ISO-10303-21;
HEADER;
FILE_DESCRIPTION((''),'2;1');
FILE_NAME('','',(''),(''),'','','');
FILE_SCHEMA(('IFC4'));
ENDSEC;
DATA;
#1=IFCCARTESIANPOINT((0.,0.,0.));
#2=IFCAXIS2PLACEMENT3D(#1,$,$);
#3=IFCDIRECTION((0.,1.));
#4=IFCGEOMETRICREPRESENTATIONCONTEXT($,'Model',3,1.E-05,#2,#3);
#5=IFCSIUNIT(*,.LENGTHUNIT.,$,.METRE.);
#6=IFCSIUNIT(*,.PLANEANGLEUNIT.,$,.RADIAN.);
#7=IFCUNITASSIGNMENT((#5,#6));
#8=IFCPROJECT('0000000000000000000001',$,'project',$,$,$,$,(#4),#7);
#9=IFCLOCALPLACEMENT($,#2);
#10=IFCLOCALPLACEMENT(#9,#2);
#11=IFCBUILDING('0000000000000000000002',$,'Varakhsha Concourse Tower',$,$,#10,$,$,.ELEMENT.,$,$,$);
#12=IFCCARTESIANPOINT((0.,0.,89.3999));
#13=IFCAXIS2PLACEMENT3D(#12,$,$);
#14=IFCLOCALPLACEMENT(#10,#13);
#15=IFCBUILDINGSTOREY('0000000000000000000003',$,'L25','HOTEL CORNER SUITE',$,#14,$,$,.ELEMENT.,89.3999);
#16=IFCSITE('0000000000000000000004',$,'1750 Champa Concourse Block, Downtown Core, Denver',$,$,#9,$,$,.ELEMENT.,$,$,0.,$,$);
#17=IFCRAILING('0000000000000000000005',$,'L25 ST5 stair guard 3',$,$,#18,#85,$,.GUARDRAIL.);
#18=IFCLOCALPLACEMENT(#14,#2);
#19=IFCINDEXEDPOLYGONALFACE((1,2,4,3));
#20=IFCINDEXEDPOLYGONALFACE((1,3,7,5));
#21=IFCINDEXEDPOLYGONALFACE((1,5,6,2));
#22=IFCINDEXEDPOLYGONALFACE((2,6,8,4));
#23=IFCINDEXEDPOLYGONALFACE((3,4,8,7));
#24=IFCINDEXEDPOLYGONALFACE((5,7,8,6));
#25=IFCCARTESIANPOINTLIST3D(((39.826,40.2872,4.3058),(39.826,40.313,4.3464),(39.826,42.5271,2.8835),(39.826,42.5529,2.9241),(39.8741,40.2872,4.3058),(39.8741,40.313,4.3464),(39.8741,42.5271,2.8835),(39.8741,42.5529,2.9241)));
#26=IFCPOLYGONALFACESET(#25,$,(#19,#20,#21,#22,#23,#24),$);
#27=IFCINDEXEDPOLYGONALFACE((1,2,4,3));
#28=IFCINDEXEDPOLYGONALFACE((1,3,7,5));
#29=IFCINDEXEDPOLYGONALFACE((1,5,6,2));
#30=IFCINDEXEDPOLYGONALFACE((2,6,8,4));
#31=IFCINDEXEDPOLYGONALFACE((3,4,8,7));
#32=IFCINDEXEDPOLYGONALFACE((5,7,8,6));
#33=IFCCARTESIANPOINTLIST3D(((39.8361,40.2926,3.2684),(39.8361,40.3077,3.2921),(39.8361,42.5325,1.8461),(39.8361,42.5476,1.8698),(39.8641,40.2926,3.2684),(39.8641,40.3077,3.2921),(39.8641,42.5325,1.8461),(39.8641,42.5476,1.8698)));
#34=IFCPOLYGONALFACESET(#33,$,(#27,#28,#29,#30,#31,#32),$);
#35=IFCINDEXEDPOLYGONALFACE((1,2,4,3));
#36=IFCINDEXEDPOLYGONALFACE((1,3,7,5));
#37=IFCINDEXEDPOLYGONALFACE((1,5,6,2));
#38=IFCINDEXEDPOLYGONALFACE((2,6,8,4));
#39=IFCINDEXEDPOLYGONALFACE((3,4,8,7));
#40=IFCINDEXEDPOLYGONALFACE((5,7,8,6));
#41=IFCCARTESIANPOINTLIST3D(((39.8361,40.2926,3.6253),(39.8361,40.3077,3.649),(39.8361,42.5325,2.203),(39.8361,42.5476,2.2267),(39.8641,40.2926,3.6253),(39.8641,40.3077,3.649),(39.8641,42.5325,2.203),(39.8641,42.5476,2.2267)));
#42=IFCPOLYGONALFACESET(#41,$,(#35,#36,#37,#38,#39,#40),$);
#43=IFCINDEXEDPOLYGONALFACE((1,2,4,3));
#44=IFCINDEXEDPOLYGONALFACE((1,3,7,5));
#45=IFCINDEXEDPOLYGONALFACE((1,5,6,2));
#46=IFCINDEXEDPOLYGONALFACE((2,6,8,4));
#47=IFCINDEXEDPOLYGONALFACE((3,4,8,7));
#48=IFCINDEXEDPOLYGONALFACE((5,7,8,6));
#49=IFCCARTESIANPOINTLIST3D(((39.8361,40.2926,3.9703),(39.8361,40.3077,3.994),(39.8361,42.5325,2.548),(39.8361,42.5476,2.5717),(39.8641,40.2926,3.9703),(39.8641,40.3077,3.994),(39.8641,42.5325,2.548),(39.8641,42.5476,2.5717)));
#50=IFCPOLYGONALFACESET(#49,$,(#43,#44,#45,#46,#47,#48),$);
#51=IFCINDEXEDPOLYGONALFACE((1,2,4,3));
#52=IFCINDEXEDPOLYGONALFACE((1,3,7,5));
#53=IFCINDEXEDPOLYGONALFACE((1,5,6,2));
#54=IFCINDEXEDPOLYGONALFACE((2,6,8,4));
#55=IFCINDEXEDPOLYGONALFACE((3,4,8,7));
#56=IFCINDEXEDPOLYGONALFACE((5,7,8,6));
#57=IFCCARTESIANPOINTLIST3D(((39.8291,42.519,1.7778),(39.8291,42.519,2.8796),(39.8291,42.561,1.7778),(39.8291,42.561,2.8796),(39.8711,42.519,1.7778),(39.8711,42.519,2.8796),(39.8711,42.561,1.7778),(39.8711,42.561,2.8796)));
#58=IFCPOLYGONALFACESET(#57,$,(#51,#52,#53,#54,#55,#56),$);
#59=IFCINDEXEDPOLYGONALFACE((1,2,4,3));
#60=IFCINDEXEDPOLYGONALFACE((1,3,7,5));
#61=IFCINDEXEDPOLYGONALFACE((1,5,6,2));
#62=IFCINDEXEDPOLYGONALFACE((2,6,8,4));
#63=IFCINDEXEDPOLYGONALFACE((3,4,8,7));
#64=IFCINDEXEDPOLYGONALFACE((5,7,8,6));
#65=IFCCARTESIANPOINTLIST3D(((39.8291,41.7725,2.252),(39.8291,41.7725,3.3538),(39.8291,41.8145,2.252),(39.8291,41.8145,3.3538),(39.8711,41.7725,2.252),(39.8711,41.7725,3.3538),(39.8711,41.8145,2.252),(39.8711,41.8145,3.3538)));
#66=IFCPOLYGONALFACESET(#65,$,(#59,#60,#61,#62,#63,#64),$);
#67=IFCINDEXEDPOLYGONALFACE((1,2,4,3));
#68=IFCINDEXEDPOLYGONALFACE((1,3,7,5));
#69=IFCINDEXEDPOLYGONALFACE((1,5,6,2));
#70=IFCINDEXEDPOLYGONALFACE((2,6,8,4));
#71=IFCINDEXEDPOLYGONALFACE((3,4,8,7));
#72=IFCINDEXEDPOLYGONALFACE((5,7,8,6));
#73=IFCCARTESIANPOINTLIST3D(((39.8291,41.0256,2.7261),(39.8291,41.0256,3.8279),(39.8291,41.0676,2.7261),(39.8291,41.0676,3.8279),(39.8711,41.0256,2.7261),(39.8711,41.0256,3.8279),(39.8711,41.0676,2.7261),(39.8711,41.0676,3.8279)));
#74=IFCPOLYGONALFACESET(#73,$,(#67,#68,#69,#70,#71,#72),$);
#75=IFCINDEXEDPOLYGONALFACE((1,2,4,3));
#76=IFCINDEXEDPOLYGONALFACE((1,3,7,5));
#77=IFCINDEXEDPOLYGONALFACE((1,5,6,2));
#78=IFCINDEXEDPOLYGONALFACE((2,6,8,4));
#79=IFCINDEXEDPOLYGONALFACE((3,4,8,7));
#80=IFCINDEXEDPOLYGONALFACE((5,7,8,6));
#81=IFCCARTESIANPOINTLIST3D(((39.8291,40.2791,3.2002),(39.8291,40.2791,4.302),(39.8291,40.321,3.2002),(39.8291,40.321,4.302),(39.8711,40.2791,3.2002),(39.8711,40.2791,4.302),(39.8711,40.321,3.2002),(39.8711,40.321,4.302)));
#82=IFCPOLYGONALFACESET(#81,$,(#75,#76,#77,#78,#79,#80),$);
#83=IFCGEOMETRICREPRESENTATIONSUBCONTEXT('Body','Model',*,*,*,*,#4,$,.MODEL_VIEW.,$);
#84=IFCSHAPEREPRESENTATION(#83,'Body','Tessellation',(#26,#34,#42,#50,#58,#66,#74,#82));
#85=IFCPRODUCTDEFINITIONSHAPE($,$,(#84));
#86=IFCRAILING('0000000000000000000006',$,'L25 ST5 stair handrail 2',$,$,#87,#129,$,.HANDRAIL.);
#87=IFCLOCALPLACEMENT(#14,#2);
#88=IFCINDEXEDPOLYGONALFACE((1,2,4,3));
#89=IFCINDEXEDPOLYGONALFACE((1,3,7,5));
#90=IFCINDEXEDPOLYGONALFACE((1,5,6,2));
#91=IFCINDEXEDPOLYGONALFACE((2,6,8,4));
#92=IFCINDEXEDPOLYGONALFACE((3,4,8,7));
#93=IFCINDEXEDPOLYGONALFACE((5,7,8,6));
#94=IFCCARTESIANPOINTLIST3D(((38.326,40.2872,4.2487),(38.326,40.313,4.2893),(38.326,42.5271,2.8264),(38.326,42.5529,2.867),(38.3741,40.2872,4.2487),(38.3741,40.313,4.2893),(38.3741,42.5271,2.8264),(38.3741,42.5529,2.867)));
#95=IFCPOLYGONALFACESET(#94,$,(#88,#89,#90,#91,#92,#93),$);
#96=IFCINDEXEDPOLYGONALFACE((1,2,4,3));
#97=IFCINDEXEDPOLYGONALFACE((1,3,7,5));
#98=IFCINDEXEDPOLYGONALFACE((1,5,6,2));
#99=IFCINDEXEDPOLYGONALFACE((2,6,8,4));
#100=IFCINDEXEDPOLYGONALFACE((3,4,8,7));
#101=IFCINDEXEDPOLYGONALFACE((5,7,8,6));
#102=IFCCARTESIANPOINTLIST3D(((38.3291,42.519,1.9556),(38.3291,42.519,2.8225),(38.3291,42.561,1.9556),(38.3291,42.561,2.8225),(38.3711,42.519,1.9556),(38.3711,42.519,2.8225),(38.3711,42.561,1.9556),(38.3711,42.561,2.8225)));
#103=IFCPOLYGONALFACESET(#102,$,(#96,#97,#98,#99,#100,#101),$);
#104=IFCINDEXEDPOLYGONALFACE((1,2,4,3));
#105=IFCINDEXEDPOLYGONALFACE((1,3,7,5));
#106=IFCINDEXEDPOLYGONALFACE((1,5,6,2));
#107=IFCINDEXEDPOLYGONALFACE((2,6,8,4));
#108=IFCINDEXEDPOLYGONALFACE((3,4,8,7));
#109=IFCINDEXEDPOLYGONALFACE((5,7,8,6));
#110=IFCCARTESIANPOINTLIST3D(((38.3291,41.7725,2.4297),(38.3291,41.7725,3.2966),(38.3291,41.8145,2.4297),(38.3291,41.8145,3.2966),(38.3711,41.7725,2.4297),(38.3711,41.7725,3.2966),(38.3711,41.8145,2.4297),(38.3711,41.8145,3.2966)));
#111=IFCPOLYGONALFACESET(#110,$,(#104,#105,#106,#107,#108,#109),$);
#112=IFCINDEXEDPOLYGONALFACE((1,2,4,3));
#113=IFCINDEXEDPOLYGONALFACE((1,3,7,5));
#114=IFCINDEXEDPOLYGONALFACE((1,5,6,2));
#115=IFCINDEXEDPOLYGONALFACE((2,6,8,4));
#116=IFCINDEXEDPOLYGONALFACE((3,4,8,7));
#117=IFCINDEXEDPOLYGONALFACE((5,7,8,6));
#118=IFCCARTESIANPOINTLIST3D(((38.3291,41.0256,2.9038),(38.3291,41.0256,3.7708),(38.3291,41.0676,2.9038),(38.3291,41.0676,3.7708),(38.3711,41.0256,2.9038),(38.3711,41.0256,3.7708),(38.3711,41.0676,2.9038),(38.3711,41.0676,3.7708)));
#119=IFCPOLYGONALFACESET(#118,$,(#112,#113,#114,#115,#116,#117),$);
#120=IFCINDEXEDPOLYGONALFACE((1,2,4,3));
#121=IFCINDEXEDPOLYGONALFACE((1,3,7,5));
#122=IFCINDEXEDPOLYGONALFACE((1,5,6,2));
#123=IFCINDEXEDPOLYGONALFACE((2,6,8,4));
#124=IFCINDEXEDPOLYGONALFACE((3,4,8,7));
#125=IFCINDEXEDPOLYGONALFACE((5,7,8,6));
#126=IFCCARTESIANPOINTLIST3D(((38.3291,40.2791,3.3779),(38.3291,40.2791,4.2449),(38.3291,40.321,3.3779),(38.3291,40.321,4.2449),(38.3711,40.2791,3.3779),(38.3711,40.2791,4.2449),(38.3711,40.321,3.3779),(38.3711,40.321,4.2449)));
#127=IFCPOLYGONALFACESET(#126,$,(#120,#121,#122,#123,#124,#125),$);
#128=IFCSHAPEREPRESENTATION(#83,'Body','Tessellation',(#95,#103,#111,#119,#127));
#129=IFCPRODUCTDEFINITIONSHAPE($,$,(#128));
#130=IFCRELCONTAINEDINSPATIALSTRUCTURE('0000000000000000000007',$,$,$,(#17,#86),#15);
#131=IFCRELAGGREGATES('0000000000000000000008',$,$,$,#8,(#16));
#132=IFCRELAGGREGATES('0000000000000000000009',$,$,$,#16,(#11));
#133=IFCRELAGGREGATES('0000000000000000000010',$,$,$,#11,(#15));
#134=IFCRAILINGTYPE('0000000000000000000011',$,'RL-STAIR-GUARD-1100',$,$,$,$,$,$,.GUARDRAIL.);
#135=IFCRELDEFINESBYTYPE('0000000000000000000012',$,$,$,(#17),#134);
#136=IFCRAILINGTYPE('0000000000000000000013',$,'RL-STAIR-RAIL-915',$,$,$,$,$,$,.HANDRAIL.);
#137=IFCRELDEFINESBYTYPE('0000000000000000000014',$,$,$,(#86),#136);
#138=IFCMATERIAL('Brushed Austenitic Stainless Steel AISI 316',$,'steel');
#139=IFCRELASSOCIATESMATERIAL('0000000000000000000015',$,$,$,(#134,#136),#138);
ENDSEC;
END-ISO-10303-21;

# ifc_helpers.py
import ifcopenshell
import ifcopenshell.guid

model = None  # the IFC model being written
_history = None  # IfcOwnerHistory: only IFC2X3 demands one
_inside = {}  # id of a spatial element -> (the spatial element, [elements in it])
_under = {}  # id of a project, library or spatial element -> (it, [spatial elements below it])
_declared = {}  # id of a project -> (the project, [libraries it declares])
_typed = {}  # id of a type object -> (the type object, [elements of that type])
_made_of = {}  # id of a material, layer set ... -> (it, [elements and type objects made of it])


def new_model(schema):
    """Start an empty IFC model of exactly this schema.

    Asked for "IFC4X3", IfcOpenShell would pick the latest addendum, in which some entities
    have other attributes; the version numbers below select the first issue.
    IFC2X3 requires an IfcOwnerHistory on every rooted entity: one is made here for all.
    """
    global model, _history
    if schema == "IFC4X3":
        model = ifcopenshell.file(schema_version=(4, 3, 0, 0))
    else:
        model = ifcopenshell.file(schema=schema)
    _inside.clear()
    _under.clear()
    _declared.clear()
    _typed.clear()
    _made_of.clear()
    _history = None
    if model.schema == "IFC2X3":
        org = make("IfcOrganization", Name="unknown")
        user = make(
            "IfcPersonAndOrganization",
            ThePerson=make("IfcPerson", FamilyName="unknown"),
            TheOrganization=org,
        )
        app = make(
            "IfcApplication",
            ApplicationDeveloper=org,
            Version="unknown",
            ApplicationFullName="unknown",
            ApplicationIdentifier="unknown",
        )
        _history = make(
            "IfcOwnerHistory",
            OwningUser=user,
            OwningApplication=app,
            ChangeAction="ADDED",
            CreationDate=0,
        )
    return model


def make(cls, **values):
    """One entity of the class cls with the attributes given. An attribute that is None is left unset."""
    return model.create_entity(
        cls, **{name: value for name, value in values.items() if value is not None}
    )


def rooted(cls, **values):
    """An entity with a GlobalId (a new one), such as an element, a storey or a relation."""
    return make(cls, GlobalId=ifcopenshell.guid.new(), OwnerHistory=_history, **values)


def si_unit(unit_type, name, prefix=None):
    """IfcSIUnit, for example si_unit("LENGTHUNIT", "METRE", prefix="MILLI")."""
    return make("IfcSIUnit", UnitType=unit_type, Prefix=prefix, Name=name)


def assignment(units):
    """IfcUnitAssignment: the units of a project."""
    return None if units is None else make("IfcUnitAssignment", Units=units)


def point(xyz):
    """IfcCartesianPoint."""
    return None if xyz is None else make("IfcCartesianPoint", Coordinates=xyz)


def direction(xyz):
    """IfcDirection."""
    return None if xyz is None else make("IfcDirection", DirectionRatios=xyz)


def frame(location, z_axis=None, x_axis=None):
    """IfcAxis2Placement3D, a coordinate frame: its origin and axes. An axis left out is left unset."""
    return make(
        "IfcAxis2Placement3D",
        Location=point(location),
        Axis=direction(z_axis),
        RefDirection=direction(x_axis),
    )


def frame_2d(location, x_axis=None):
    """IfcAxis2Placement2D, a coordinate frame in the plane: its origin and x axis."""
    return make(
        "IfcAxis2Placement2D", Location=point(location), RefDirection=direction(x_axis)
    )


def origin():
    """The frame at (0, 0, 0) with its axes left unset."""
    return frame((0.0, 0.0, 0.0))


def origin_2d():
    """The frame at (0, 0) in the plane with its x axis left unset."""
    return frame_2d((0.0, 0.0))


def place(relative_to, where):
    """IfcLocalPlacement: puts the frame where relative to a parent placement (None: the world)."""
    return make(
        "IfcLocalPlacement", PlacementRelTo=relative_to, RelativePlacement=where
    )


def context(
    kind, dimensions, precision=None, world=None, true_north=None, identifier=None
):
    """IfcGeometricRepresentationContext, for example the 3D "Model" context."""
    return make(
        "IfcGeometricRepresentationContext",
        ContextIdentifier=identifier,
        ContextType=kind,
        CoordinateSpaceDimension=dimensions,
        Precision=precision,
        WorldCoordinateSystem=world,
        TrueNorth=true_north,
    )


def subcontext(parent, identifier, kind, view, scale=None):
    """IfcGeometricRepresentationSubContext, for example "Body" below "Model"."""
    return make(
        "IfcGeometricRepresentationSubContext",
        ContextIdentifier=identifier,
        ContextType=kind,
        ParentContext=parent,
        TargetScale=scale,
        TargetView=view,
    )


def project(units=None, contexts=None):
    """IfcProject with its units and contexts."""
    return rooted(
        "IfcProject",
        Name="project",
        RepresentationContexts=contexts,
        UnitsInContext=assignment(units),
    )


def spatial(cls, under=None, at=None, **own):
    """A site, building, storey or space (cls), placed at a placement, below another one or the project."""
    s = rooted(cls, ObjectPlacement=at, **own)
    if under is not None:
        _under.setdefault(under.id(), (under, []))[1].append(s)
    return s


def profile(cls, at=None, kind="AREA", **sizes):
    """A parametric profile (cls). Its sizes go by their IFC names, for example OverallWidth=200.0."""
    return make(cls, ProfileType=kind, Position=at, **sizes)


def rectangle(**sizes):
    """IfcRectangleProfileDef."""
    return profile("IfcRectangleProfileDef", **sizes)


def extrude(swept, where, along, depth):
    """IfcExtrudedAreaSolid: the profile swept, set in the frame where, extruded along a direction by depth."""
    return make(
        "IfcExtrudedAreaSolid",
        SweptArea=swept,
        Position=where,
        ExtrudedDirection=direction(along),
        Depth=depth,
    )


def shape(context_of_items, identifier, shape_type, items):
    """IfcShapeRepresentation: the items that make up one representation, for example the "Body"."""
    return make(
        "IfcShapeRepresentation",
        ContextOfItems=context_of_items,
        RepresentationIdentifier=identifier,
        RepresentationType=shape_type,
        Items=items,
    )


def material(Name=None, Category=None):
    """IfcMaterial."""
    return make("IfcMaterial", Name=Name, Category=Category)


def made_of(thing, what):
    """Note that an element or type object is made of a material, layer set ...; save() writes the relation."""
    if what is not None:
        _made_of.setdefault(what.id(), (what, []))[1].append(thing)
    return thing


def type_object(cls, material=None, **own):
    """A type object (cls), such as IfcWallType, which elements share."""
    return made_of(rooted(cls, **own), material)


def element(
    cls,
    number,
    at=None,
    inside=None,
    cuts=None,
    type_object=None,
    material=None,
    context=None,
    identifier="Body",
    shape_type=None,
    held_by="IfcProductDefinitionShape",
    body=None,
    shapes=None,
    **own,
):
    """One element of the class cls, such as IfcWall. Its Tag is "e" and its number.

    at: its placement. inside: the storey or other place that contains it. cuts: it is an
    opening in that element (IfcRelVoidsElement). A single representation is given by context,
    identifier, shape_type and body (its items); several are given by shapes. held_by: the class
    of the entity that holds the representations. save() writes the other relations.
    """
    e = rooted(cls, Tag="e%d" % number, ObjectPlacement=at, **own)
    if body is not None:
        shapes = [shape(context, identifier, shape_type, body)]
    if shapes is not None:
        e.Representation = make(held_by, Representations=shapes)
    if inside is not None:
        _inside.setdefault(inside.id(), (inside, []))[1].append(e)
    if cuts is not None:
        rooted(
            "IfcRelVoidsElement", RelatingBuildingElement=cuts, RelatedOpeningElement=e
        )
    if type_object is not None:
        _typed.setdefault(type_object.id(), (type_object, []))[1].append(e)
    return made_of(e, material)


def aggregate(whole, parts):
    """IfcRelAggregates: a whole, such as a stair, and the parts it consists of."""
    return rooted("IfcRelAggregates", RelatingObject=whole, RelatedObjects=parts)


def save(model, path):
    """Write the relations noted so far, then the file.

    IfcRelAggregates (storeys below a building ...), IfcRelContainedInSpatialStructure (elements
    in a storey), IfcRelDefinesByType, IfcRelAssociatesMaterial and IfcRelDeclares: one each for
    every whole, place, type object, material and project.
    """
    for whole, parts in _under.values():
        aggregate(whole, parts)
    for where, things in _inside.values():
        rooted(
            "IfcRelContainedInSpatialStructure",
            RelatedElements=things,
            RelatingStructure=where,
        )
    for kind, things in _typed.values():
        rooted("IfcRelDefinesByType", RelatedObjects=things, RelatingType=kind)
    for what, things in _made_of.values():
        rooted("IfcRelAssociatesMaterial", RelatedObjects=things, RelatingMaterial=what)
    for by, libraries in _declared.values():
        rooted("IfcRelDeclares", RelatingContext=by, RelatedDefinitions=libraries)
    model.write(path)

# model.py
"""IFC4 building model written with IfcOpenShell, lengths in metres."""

from ifc_helpers import new_model, si_unit, direction, frame, origin, origin_2d, place, context, subcontext, project, spatial, rectangle, extrude, material, type_object, element, save


model = new_model("IFC4")

# Units and contexts
model_context = context("Model", 3, precision=1e-05, world=origin(), true_north=direction((0.0, 1.0)))
body_context = subcontext(model_context, "Body", "Model", "MODEL_VIEW")
ifc_project = project(units=[si_unit("LENGTHUNIT", "METRE"), si_unit("PLANEANGLEUNIT", "RADIAN")], contexts=[model_context])

# Site, building, storey
site_placement = place(None, origin())
site = spatial("IfcSite", under=ifc_project, at=site_placement, Name="1750 Champa Concourse Block, Downtown Core, Denver", CompositionType="ELEMENT", RefElevation=0.0)
building_placement = place(site_placement, origin())
building = spatial("IfcBuilding", under=site, at=building_placement, Name="Varakhsha Concourse Tower", CompositionType="ELEMENT")
storey_placement = place(building_placement, frame((0.0, 0.0, 89.3999)))
storey = spatial("IfcBuildingStorey", under=building, at=storey_placement, Name="L25", Description="HOTEL CORNER SUITE", CompositionType="ELEMENT", Elevation=89.3999)

# Railings
ifc_material_1 = material(Name="Brushed Austenitic Stainless Steel AISI 316", Category="steel")
railing_type_1 = type_object("IfcRailingType", Name="RL-STAIR-GUARD-1100", PredefinedType="GUARDRAIL", material=ifc_material_1)
railing_1_placement = place(storey_placement, frame((39.8501, 42.54, 1.7778)))
element("IfcRailing", 1, at=railing_1_placement, inside=storey, type_object=railing_type_1, Name="L25 ST5 stair guard 3", PredefinedType="GUARDRAIL", context=body_context, shape_type="SweptSolid", body=[
    extrude(rectangle(XDim=0.0481, YDim=0.0481, at=origin_2d()), frame((0.0, 0.0, 1.126), z_axis=(0.0, -0.844188, 0.536048), x_axis=(1.0, 0.0, 0.0)), (0.0, 0.0, 1.0), 2.6533),
    extrude(rectangle(XDim=0.0281, YDim=0.0281, at=origin_2d()), frame((0.0, 0.0, 0.0801), z_axis=(0.0, -0.844188, 0.536048), x_axis=(1.0, 0.0, 0.0)), (0.0, 0.0, 1.0), 2.6533),
    extrude(rectangle(XDim=0.0281, YDim=0.0281, at=origin_2d()), frame((0.0, 0.0, 0.437), z_axis=(0.0, -0.844188, 0.536048), x_axis=(1.0, 0.0, 0.0)), (0.0, 0.0, 1.0), 2.6533),
    extrude(rectangle(XDim=0.0281, YDim=0.0281, at=origin_2d()), frame((0.0, 0.0, 0.782), z_axis=(0.0, -0.844188, 0.536048), x_axis=(1.0, 0.0, 0.0)), (0.0, 0.0, 1.0), 2.6533),
    extrude(rectangle(XDim=0.042, YDim=0.042, at=origin_2d()), origin(), (0.0, 0.0, 1.0), 1.1018),
    extrude(rectangle(XDim=0.042, YDim=0.042, at=origin_2d()), frame((0.0, -0.7466, 0.4741)), (0.0, 0.0, 1.0), 1.1018),
    extrude(rectangle(XDim=0.042, YDim=0.042, at=origin_2d()), frame((0.0, -1.4934, 0.9482)), (0.0, 0.0, 1.0), 1.1018),
    extrude(rectangle(XDim=0.042, YDim=0.042, at=origin_2d()), frame((0.0, -2.24, 1.4224)), (0.0, 0.0, 1.0), 1.1018),
])
railing_type_2 = type_object("IfcRailingType", Name="RL-STAIR-RAIL-915", PredefinedType="HANDRAIL", material=ifc_material_1)
railing_2_placement = place(storey_placement, frame((38.3501, 42.54, 1.9556)))
element("IfcRailing", 2, at=railing_2_placement, inside=storey, type_object=railing_type_2, Name="L25 ST5 stair handrail 2", PredefinedType="HANDRAIL", context=body_context, shape_type="SweptSolid", body=[
    extrude(rectangle(XDim=0.0481, YDim=0.0481, at=origin_2d()), frame((0.0, 0.0, 0.8911), z_axis=(0.0, -0.844188, 0.536048), x_axis=(1.0, 0.0, 0.0)), (0.0, 0.0, 1.0), 2.6533),
    extrude(rectangle(XDim=0.042, YDim=0.042, at=origin_2d()), origin(), (0.0, 0.0, 1.0), 0.8669),
    extrude(rectangle(XDim=0.042, YDim=0.042, at=origin_2d()), frame((0.0, -0.7466, 0.4741)), (0.0, 0.0, 1.0), 0.8669),
    extrude(rectangle(XDim=0.042, YDim=0.042, at=origin_2d()), frame((0.0, -1.4934, 0.9482)), (0.0, 0.0, 1.0), 0.8669),
    extrude(rectangle(XDim=0.042, YDim=0.042, at=origin_2d()), frame((0.0, -2.24, 1.4224)), (0.0, 0.0, 1.0), 0.8669),
])

save(model, "model.ifc")
